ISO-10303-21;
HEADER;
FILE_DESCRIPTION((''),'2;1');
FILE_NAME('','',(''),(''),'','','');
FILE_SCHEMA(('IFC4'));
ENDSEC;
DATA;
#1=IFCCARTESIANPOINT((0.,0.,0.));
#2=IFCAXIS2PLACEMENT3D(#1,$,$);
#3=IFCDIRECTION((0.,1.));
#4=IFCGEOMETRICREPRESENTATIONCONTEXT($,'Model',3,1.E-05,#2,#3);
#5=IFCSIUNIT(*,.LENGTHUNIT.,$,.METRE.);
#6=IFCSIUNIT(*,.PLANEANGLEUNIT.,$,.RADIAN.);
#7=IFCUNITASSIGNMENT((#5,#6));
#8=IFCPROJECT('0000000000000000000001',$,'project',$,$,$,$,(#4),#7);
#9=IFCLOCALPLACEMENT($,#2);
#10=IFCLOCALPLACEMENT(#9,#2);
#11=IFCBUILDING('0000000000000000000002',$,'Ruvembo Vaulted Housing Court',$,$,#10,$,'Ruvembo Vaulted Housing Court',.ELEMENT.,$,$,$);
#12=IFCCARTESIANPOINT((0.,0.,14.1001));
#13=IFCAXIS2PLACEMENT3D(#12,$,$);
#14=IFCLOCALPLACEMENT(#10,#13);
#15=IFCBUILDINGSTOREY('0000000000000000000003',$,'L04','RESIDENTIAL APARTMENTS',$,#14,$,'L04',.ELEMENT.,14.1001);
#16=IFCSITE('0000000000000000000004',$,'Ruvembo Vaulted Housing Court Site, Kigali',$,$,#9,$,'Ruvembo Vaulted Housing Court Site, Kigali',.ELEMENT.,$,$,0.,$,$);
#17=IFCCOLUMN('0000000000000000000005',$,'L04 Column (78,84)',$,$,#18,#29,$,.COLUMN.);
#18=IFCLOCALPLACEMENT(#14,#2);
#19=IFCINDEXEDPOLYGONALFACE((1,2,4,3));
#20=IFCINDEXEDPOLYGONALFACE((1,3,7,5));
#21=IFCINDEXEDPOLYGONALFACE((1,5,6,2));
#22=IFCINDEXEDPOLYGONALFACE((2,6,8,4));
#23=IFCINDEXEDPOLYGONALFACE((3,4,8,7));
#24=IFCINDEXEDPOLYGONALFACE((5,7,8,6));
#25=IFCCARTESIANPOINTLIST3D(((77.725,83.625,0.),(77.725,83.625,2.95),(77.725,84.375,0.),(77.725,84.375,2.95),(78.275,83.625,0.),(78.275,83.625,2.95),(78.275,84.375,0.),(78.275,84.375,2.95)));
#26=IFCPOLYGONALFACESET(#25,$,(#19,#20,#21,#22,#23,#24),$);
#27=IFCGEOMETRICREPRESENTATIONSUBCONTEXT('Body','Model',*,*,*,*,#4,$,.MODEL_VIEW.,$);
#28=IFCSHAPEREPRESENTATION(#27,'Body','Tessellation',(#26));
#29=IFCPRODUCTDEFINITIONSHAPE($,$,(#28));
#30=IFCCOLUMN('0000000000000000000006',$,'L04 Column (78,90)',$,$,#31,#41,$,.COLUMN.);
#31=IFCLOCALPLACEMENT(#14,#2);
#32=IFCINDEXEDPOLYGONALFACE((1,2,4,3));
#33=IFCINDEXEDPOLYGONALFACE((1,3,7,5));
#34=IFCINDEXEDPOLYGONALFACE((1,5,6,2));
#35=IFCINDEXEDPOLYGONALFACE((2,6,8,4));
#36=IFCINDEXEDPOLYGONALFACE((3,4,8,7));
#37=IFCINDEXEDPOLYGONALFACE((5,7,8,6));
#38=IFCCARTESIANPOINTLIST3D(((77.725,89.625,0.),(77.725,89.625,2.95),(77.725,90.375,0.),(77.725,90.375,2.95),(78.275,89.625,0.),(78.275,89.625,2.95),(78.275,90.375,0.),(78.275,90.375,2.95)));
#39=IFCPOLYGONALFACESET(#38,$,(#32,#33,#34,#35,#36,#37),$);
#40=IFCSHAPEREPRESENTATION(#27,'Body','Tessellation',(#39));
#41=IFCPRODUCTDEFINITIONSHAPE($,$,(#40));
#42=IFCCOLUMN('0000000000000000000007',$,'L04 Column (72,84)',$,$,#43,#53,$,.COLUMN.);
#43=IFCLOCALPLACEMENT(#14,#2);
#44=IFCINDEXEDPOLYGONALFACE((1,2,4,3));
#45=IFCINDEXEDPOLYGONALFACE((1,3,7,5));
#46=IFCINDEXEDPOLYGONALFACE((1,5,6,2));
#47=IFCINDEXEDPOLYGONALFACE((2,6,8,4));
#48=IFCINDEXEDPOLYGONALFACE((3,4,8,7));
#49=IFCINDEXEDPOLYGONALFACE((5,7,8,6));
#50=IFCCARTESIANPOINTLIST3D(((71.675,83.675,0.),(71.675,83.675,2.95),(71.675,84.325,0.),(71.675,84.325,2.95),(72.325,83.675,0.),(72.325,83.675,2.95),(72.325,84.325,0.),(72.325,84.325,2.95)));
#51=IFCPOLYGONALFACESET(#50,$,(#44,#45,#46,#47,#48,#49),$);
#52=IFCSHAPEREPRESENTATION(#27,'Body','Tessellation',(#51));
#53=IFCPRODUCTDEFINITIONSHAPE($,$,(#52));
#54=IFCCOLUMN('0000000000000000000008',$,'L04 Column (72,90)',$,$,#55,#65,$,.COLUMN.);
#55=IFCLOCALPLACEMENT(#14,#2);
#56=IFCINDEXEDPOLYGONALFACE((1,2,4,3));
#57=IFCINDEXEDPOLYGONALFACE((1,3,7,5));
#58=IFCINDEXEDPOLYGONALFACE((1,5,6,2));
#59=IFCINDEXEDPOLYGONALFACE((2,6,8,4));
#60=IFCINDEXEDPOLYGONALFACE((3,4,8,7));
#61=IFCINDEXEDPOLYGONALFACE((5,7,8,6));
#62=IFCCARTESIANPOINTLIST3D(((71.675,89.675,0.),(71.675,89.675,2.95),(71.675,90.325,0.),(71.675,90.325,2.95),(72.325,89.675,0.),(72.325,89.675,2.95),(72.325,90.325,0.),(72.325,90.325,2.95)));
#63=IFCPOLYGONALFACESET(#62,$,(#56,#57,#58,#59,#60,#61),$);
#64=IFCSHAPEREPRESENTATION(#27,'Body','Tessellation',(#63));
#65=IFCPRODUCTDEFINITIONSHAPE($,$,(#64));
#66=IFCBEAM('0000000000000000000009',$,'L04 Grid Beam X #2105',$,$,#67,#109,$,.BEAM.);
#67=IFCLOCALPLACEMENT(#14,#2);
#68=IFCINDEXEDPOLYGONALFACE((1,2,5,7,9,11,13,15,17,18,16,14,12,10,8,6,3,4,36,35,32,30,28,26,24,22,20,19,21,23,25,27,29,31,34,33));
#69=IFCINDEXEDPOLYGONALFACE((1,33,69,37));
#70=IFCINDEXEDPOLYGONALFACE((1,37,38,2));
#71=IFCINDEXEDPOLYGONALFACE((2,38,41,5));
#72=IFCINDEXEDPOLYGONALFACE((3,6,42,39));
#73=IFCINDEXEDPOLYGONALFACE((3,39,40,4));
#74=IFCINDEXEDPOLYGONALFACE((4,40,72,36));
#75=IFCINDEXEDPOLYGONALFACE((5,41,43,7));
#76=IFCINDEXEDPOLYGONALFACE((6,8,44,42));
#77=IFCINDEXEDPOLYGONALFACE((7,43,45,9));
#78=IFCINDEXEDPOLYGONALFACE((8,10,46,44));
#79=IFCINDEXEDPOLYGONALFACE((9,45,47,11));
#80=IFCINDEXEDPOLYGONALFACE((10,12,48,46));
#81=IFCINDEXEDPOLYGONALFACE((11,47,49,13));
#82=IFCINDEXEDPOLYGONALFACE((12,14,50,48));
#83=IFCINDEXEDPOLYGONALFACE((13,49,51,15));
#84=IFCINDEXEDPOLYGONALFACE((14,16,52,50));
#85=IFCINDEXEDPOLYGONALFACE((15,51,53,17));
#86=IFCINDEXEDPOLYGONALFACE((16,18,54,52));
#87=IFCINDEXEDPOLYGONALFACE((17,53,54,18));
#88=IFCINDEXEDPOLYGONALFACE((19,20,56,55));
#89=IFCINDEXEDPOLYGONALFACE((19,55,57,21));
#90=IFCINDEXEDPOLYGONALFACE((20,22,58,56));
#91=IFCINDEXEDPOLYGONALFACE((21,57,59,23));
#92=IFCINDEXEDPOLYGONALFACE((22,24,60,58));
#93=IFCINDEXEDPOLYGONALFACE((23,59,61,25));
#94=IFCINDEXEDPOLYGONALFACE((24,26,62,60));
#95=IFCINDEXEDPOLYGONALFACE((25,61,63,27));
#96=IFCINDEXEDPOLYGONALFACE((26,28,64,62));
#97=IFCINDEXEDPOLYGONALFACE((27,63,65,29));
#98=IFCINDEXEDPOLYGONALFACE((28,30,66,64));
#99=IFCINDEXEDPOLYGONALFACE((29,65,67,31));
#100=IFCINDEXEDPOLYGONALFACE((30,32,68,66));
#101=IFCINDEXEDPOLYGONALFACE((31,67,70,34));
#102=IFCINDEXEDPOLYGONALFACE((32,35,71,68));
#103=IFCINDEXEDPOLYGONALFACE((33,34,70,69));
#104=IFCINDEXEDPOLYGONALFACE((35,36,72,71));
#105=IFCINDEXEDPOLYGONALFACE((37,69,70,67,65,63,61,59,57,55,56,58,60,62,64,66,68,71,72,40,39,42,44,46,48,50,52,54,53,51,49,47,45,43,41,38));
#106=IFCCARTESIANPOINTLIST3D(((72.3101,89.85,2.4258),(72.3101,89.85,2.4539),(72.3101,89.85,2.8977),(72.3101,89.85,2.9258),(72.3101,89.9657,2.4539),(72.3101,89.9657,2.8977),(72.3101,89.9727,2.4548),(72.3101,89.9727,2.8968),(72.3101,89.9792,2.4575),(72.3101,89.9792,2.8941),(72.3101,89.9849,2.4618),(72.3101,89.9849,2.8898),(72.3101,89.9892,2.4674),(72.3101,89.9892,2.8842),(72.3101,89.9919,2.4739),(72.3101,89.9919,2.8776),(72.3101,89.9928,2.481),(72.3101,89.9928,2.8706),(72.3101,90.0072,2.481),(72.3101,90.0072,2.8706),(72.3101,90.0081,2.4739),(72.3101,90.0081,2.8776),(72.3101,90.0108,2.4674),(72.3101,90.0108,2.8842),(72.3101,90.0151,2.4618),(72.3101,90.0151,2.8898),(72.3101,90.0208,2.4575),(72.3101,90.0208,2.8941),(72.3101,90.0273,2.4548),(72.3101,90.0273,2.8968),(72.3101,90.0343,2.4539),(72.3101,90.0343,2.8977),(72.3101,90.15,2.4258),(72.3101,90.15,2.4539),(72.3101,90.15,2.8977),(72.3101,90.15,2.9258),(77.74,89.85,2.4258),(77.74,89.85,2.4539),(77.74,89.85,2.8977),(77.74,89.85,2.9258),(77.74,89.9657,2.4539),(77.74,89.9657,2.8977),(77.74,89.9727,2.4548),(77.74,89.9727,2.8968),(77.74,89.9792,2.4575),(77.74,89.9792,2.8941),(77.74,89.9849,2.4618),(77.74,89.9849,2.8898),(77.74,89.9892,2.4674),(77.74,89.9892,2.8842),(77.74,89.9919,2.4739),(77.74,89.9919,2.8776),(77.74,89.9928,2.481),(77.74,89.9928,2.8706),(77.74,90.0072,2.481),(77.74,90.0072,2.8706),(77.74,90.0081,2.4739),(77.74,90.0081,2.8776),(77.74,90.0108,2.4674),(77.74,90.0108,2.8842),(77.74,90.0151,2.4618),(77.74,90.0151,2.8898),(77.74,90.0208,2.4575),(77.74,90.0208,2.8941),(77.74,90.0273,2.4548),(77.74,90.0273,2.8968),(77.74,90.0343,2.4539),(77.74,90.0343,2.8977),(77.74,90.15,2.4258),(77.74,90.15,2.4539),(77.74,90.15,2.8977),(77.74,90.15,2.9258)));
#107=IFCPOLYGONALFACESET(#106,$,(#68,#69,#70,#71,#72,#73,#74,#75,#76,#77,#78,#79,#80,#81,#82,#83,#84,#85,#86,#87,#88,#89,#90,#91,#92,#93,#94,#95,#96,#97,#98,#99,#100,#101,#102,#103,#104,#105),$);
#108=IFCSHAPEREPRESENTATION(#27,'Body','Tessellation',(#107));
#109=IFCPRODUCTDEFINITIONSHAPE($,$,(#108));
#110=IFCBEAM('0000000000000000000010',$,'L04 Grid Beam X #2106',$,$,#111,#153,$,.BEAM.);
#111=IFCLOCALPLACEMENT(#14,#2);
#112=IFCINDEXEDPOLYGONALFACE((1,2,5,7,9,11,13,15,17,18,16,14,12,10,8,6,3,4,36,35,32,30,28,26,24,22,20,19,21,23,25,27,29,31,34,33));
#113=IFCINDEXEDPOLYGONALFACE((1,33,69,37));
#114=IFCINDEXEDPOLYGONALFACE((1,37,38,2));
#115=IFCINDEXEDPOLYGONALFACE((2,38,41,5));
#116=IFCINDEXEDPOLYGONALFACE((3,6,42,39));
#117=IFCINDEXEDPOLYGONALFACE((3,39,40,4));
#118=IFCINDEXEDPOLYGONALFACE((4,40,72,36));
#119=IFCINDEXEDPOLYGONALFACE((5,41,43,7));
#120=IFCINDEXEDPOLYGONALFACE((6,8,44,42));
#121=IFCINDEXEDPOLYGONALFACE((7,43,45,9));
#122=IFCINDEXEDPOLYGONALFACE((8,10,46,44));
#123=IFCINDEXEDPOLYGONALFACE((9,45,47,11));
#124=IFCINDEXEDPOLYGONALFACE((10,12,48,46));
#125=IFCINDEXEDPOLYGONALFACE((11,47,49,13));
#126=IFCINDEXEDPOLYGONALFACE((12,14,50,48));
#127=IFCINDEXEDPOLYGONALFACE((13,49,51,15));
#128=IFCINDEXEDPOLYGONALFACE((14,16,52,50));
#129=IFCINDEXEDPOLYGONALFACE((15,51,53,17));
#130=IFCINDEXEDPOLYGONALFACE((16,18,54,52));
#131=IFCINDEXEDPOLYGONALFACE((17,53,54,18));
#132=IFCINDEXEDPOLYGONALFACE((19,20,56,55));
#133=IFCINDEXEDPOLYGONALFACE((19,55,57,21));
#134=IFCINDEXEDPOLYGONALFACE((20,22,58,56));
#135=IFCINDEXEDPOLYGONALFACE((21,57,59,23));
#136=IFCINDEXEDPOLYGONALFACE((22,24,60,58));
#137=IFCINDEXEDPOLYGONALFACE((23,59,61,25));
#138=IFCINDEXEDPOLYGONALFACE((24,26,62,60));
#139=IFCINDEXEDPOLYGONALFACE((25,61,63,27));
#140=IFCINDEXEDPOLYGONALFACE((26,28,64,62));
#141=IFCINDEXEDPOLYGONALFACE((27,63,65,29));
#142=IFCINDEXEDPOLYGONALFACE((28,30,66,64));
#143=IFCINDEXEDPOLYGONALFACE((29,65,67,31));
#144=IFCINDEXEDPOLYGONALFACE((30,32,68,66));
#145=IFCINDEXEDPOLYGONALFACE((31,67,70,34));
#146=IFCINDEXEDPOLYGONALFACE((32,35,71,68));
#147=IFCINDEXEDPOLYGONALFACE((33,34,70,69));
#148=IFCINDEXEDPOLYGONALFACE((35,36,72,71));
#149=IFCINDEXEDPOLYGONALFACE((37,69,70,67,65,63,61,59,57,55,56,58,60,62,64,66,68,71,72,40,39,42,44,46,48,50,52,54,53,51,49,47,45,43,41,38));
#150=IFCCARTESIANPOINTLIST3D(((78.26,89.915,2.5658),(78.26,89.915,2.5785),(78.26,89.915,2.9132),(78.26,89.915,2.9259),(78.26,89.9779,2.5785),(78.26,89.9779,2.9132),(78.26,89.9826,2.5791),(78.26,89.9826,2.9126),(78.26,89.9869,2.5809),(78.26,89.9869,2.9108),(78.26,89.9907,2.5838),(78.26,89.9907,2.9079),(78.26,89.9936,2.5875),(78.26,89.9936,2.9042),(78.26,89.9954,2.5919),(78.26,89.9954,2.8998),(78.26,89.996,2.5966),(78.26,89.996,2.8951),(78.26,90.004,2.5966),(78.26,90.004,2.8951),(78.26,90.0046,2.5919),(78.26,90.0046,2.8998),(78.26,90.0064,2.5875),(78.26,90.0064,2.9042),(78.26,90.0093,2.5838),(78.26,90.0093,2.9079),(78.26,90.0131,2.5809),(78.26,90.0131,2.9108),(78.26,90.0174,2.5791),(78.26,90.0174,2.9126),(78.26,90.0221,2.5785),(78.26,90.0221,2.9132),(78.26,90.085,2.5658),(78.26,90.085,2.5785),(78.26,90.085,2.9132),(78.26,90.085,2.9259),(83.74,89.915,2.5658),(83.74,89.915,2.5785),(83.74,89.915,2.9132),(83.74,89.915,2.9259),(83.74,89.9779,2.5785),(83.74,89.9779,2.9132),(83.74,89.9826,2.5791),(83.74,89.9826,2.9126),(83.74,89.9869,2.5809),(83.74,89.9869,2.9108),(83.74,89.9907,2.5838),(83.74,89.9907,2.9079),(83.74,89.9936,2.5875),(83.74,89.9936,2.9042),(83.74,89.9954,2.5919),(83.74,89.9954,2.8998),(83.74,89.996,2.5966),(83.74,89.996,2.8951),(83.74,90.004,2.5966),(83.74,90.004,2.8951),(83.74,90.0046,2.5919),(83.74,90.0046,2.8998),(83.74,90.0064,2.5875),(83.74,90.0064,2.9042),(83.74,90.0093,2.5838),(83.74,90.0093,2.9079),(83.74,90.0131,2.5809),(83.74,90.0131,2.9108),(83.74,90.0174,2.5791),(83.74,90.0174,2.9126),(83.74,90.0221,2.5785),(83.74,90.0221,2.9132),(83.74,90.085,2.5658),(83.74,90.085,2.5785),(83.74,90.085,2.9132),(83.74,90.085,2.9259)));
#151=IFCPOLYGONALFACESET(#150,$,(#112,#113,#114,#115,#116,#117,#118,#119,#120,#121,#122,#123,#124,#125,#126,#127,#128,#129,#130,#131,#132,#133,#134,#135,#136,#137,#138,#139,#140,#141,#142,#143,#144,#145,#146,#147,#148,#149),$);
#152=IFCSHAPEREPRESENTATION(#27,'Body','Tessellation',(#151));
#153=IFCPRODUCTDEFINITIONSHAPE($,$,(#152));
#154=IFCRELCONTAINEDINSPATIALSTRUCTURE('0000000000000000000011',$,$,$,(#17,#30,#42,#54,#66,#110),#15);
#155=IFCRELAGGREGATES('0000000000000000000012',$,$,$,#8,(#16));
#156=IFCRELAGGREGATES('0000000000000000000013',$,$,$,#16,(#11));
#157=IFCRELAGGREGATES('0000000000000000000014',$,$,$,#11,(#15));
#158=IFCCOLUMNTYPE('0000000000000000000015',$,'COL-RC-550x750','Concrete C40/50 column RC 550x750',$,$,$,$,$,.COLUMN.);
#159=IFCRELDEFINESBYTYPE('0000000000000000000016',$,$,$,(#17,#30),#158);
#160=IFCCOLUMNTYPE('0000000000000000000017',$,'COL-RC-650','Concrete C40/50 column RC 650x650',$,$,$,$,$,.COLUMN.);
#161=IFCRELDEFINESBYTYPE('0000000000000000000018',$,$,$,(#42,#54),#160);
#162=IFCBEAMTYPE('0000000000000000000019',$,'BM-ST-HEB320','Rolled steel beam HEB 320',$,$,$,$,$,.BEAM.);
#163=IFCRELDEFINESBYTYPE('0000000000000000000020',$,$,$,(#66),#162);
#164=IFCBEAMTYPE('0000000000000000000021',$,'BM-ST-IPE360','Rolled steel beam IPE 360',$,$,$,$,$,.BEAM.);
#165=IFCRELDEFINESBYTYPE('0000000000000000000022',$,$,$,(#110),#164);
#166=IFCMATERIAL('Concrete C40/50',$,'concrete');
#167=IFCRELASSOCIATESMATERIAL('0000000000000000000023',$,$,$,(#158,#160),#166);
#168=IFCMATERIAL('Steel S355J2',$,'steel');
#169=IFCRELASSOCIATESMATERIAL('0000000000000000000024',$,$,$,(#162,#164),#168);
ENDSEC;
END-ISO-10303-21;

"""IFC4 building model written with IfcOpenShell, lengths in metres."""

from ifc_helpers import new_model, si_unit, direction, frame, origin, origin_2d, place, context, subcontext, project, spatial, rectangle, i_section, extrude, material, material_profile, profile_set, type_object, element, save


model = new_model("IFC4")

# Units and contexts
model_context = context("Model", 3, precision=1e-05, world=origin(), true_north=direction((0.0, 1.0)))
body_context = subcontext(model_context, "Body", "Model", "MODEL_VIEW")
ifc_project = project(units=[si_unit("LENGTHUNIT", "METRE"), si_unit("PLANEANGLEUNIT", "RADIAN")], contexts=[model_context])

# Site, building, storey
site_placement = place(None, origin())
site = spatial("IfcSite", under=ifc_project, at=site_placement, Name="Ruvembo Vaulted Housing Court Site, Kigali", LongName="Ruvembo Vaulted Housing Court Site, Kigali", CompositionType="ELEMENT", RefElevation=0.0)
building_placement = place(site_placement, origin())
building = spatial("IfcBuilding", under=site, at=building_placement, Name="Ruvembo Vaulted Housing Court", LongName="Ruvembo Vaulted Housing Court", CompositionType="ELEMENT")
storey_placement = place(building_placement, frame((0.0, 0.0, 14.1001)))
storey = spatial("IfcBuildingStorey", under=building, at=storey_placement, Name="L04", Description="RESIDENTIAL APARTMENTS", LongName="L04", CompositionType="ELEMENT", Elevation=14.1001)

# Columns
ifc_material_1 = material(Name="Concrete C40/50", Category="concrete")
ifc_material_profile_1 = material_profile(ifc_material_1, rectangle(XDim=0.55, YDim=0.75, at=origin_2d()), Name="RC 550x750")
ifc_profile_set_1 = profile_set([ifc_material_profile_1], Name="Concrete C40/50")
column_type_1 = type_object("IfcColumnType", Name="COL-RC-550x750", Description="Concrete C40/50 column RC 550x750", PredefinedType="COLUMN", material=ifc_profile_set_1)
for number, where, z_axis, x_axis, name in (
    (1, (78.0, 84.0, 0.0), (0.0, 0.0, 1.0), (1.0, 0.0, 0.0), "L04 Column (78,84)"),
    (2, (78.0, 90.0, 0.0), (0.0, 0.0, 1.0), (1.0, 0.0, 0.0), "L04 Column (78,90)"),
):
    element("IfcColumn", number, at=place(storey_placement, frame(where, z_axis=z_axis, x_axis=x_axis)), inside=storey, type_object=column_type_1, Name=name, PredefinedType="COLUMN", context=body_context, shape_type="SweptSolid", body=[
        extrude(rectangle(XDim=0.55, YDim=0.75, at=origin_2d()), origin(), (0.0, 0.0, 1.0), 2.95),
    ])
ifc_material_profile_2 = material_profile(ifc_material_1, rectangle(XDim=0.6499, YDim=0.6499, at=origin_2d()), Name="RC 650x650")
ifc_profile_set_2 = profile_set([ifc_material_profile_2], Name="Concrete C40/50")
column_type_2 = type_object("IfcColumnType", Name="COL-RC-650", Description="Concrete C40/50 column RC 650x650", PredefinedType="COLUMN", material=ifc_profile_set_2)
for number, where, z_axis, x_axis, name in (
    (3, (72.0, 84.0, 0.0), (0.0, 0.0, 1.0), (1.0, 0.0, 0.0), "L04 Column (72,84)"),
    (4, (72.0, 90.0, 0.0), (0.0, 0.0, 1.0), (1.0, 0.0, 0.0), "L04 Column (72,90)"),
):
    element("IfcColumn", number, at=place(storey_placement, frame(where, z_axis=z_axis, x_axis=x_axis)), inside=storey, type_object=column_type_2, Name=name, PredefinedType="COLUMN", context=body_context, shape_type="SweptSolid", body=[
        extrude(rectangle(XDim=0.6499, YDim=0.6499, at=origin_2d()), origin(), (0.0, 0.0, 1.0), 2.95),
    ])

# Beams
ifc_material_2 = material(Name="Steel S355J2", Category="steel")
ifc_material_profile_3 = material_profile(ifc_material_2, i_section(OverallWidth=0.3, OverallDepth=0.5, WebThickness=0.0144, FlangeThickness=0.0281, FilletRadius=0.0271, at=origin_2d()), Name="HEB 320")
ifc_profile_set_3 = profile_set([ifc_material_profile_3], Name="Steel S355J2")
beam_type_1 = type_object("IfcBeamType", Name="BM-ST-HEB320", Description="Rolled steel beam HEB 320", PredefinedType="BEAM", material=ifc_profile_set_3)
beam_1_placement = place(storey_placement, frame((72.3101, 90.0, 2.6758), z_axis=(1.0, 0.0, 0.0), x_axis=(0.0, 1.0, 0.0)))
element("IfcBeam", 5, at=beam_1_placement, inside=storey, type_object=beam_type_1, Name="L04 Grid Beam X #2105", PredefinedType="BEAM", context=body_context, shape_type="SweptSolid", body=[
    extrude(i_section(OverallWidth=0.3, OverallDepth=0.5, WebThickness=0.0144, FlangeThickness=0.0281, FilletRadius=0.0271, at=origin_2d()), origin(), (0.0, 0.0, 1.0), 5.4299),
])
ifc_material_profile_4 = material_profile(ifc_material_2, i_section(OverallWidth=0.1699, OverallDepth=0.3601, WebThickness=0.0081, FlangeThickness=0.0127, FilletRadius=0.0181, at=origin_2d()), Name="IPE 360")
ifc_profile_set_4 = profile_set([ifc_material_profile_4], Name="Steel S355J2")
beam_type_2 = type_object("IfcBeamType", Name="BM-ST-IPE360", Description="Rolled steel beam IPE 360", PredefinedType="BEAM", material=ifc_profile_set_4)
beam_2_placement = place(storey_placement, frame((78.26, 90.0, 2.7458), z_axis=(1.0, 0.0, 0.0), x_axis=(0.0, 1.0, 0.0)))
element("IfcBeam", 6, at=beam_2_placement, inside=storey, type_object=beam_type_2, Name="L04 Grid Beam X #2106", PredefinedType="BEAM", context=body_context, shape_type="SweptSolid", body=[
    extrude(i_section(OverallWidth=0.1699, OverallDepth=0.3601, WebThickness=0.0081, FlangeThickness=0.0127, FilletRadius=0.0181, at=origin_2d()), origin(), (0.0, 0.0, 1.0), 5.48),
])

save(model, "model.ifc")
